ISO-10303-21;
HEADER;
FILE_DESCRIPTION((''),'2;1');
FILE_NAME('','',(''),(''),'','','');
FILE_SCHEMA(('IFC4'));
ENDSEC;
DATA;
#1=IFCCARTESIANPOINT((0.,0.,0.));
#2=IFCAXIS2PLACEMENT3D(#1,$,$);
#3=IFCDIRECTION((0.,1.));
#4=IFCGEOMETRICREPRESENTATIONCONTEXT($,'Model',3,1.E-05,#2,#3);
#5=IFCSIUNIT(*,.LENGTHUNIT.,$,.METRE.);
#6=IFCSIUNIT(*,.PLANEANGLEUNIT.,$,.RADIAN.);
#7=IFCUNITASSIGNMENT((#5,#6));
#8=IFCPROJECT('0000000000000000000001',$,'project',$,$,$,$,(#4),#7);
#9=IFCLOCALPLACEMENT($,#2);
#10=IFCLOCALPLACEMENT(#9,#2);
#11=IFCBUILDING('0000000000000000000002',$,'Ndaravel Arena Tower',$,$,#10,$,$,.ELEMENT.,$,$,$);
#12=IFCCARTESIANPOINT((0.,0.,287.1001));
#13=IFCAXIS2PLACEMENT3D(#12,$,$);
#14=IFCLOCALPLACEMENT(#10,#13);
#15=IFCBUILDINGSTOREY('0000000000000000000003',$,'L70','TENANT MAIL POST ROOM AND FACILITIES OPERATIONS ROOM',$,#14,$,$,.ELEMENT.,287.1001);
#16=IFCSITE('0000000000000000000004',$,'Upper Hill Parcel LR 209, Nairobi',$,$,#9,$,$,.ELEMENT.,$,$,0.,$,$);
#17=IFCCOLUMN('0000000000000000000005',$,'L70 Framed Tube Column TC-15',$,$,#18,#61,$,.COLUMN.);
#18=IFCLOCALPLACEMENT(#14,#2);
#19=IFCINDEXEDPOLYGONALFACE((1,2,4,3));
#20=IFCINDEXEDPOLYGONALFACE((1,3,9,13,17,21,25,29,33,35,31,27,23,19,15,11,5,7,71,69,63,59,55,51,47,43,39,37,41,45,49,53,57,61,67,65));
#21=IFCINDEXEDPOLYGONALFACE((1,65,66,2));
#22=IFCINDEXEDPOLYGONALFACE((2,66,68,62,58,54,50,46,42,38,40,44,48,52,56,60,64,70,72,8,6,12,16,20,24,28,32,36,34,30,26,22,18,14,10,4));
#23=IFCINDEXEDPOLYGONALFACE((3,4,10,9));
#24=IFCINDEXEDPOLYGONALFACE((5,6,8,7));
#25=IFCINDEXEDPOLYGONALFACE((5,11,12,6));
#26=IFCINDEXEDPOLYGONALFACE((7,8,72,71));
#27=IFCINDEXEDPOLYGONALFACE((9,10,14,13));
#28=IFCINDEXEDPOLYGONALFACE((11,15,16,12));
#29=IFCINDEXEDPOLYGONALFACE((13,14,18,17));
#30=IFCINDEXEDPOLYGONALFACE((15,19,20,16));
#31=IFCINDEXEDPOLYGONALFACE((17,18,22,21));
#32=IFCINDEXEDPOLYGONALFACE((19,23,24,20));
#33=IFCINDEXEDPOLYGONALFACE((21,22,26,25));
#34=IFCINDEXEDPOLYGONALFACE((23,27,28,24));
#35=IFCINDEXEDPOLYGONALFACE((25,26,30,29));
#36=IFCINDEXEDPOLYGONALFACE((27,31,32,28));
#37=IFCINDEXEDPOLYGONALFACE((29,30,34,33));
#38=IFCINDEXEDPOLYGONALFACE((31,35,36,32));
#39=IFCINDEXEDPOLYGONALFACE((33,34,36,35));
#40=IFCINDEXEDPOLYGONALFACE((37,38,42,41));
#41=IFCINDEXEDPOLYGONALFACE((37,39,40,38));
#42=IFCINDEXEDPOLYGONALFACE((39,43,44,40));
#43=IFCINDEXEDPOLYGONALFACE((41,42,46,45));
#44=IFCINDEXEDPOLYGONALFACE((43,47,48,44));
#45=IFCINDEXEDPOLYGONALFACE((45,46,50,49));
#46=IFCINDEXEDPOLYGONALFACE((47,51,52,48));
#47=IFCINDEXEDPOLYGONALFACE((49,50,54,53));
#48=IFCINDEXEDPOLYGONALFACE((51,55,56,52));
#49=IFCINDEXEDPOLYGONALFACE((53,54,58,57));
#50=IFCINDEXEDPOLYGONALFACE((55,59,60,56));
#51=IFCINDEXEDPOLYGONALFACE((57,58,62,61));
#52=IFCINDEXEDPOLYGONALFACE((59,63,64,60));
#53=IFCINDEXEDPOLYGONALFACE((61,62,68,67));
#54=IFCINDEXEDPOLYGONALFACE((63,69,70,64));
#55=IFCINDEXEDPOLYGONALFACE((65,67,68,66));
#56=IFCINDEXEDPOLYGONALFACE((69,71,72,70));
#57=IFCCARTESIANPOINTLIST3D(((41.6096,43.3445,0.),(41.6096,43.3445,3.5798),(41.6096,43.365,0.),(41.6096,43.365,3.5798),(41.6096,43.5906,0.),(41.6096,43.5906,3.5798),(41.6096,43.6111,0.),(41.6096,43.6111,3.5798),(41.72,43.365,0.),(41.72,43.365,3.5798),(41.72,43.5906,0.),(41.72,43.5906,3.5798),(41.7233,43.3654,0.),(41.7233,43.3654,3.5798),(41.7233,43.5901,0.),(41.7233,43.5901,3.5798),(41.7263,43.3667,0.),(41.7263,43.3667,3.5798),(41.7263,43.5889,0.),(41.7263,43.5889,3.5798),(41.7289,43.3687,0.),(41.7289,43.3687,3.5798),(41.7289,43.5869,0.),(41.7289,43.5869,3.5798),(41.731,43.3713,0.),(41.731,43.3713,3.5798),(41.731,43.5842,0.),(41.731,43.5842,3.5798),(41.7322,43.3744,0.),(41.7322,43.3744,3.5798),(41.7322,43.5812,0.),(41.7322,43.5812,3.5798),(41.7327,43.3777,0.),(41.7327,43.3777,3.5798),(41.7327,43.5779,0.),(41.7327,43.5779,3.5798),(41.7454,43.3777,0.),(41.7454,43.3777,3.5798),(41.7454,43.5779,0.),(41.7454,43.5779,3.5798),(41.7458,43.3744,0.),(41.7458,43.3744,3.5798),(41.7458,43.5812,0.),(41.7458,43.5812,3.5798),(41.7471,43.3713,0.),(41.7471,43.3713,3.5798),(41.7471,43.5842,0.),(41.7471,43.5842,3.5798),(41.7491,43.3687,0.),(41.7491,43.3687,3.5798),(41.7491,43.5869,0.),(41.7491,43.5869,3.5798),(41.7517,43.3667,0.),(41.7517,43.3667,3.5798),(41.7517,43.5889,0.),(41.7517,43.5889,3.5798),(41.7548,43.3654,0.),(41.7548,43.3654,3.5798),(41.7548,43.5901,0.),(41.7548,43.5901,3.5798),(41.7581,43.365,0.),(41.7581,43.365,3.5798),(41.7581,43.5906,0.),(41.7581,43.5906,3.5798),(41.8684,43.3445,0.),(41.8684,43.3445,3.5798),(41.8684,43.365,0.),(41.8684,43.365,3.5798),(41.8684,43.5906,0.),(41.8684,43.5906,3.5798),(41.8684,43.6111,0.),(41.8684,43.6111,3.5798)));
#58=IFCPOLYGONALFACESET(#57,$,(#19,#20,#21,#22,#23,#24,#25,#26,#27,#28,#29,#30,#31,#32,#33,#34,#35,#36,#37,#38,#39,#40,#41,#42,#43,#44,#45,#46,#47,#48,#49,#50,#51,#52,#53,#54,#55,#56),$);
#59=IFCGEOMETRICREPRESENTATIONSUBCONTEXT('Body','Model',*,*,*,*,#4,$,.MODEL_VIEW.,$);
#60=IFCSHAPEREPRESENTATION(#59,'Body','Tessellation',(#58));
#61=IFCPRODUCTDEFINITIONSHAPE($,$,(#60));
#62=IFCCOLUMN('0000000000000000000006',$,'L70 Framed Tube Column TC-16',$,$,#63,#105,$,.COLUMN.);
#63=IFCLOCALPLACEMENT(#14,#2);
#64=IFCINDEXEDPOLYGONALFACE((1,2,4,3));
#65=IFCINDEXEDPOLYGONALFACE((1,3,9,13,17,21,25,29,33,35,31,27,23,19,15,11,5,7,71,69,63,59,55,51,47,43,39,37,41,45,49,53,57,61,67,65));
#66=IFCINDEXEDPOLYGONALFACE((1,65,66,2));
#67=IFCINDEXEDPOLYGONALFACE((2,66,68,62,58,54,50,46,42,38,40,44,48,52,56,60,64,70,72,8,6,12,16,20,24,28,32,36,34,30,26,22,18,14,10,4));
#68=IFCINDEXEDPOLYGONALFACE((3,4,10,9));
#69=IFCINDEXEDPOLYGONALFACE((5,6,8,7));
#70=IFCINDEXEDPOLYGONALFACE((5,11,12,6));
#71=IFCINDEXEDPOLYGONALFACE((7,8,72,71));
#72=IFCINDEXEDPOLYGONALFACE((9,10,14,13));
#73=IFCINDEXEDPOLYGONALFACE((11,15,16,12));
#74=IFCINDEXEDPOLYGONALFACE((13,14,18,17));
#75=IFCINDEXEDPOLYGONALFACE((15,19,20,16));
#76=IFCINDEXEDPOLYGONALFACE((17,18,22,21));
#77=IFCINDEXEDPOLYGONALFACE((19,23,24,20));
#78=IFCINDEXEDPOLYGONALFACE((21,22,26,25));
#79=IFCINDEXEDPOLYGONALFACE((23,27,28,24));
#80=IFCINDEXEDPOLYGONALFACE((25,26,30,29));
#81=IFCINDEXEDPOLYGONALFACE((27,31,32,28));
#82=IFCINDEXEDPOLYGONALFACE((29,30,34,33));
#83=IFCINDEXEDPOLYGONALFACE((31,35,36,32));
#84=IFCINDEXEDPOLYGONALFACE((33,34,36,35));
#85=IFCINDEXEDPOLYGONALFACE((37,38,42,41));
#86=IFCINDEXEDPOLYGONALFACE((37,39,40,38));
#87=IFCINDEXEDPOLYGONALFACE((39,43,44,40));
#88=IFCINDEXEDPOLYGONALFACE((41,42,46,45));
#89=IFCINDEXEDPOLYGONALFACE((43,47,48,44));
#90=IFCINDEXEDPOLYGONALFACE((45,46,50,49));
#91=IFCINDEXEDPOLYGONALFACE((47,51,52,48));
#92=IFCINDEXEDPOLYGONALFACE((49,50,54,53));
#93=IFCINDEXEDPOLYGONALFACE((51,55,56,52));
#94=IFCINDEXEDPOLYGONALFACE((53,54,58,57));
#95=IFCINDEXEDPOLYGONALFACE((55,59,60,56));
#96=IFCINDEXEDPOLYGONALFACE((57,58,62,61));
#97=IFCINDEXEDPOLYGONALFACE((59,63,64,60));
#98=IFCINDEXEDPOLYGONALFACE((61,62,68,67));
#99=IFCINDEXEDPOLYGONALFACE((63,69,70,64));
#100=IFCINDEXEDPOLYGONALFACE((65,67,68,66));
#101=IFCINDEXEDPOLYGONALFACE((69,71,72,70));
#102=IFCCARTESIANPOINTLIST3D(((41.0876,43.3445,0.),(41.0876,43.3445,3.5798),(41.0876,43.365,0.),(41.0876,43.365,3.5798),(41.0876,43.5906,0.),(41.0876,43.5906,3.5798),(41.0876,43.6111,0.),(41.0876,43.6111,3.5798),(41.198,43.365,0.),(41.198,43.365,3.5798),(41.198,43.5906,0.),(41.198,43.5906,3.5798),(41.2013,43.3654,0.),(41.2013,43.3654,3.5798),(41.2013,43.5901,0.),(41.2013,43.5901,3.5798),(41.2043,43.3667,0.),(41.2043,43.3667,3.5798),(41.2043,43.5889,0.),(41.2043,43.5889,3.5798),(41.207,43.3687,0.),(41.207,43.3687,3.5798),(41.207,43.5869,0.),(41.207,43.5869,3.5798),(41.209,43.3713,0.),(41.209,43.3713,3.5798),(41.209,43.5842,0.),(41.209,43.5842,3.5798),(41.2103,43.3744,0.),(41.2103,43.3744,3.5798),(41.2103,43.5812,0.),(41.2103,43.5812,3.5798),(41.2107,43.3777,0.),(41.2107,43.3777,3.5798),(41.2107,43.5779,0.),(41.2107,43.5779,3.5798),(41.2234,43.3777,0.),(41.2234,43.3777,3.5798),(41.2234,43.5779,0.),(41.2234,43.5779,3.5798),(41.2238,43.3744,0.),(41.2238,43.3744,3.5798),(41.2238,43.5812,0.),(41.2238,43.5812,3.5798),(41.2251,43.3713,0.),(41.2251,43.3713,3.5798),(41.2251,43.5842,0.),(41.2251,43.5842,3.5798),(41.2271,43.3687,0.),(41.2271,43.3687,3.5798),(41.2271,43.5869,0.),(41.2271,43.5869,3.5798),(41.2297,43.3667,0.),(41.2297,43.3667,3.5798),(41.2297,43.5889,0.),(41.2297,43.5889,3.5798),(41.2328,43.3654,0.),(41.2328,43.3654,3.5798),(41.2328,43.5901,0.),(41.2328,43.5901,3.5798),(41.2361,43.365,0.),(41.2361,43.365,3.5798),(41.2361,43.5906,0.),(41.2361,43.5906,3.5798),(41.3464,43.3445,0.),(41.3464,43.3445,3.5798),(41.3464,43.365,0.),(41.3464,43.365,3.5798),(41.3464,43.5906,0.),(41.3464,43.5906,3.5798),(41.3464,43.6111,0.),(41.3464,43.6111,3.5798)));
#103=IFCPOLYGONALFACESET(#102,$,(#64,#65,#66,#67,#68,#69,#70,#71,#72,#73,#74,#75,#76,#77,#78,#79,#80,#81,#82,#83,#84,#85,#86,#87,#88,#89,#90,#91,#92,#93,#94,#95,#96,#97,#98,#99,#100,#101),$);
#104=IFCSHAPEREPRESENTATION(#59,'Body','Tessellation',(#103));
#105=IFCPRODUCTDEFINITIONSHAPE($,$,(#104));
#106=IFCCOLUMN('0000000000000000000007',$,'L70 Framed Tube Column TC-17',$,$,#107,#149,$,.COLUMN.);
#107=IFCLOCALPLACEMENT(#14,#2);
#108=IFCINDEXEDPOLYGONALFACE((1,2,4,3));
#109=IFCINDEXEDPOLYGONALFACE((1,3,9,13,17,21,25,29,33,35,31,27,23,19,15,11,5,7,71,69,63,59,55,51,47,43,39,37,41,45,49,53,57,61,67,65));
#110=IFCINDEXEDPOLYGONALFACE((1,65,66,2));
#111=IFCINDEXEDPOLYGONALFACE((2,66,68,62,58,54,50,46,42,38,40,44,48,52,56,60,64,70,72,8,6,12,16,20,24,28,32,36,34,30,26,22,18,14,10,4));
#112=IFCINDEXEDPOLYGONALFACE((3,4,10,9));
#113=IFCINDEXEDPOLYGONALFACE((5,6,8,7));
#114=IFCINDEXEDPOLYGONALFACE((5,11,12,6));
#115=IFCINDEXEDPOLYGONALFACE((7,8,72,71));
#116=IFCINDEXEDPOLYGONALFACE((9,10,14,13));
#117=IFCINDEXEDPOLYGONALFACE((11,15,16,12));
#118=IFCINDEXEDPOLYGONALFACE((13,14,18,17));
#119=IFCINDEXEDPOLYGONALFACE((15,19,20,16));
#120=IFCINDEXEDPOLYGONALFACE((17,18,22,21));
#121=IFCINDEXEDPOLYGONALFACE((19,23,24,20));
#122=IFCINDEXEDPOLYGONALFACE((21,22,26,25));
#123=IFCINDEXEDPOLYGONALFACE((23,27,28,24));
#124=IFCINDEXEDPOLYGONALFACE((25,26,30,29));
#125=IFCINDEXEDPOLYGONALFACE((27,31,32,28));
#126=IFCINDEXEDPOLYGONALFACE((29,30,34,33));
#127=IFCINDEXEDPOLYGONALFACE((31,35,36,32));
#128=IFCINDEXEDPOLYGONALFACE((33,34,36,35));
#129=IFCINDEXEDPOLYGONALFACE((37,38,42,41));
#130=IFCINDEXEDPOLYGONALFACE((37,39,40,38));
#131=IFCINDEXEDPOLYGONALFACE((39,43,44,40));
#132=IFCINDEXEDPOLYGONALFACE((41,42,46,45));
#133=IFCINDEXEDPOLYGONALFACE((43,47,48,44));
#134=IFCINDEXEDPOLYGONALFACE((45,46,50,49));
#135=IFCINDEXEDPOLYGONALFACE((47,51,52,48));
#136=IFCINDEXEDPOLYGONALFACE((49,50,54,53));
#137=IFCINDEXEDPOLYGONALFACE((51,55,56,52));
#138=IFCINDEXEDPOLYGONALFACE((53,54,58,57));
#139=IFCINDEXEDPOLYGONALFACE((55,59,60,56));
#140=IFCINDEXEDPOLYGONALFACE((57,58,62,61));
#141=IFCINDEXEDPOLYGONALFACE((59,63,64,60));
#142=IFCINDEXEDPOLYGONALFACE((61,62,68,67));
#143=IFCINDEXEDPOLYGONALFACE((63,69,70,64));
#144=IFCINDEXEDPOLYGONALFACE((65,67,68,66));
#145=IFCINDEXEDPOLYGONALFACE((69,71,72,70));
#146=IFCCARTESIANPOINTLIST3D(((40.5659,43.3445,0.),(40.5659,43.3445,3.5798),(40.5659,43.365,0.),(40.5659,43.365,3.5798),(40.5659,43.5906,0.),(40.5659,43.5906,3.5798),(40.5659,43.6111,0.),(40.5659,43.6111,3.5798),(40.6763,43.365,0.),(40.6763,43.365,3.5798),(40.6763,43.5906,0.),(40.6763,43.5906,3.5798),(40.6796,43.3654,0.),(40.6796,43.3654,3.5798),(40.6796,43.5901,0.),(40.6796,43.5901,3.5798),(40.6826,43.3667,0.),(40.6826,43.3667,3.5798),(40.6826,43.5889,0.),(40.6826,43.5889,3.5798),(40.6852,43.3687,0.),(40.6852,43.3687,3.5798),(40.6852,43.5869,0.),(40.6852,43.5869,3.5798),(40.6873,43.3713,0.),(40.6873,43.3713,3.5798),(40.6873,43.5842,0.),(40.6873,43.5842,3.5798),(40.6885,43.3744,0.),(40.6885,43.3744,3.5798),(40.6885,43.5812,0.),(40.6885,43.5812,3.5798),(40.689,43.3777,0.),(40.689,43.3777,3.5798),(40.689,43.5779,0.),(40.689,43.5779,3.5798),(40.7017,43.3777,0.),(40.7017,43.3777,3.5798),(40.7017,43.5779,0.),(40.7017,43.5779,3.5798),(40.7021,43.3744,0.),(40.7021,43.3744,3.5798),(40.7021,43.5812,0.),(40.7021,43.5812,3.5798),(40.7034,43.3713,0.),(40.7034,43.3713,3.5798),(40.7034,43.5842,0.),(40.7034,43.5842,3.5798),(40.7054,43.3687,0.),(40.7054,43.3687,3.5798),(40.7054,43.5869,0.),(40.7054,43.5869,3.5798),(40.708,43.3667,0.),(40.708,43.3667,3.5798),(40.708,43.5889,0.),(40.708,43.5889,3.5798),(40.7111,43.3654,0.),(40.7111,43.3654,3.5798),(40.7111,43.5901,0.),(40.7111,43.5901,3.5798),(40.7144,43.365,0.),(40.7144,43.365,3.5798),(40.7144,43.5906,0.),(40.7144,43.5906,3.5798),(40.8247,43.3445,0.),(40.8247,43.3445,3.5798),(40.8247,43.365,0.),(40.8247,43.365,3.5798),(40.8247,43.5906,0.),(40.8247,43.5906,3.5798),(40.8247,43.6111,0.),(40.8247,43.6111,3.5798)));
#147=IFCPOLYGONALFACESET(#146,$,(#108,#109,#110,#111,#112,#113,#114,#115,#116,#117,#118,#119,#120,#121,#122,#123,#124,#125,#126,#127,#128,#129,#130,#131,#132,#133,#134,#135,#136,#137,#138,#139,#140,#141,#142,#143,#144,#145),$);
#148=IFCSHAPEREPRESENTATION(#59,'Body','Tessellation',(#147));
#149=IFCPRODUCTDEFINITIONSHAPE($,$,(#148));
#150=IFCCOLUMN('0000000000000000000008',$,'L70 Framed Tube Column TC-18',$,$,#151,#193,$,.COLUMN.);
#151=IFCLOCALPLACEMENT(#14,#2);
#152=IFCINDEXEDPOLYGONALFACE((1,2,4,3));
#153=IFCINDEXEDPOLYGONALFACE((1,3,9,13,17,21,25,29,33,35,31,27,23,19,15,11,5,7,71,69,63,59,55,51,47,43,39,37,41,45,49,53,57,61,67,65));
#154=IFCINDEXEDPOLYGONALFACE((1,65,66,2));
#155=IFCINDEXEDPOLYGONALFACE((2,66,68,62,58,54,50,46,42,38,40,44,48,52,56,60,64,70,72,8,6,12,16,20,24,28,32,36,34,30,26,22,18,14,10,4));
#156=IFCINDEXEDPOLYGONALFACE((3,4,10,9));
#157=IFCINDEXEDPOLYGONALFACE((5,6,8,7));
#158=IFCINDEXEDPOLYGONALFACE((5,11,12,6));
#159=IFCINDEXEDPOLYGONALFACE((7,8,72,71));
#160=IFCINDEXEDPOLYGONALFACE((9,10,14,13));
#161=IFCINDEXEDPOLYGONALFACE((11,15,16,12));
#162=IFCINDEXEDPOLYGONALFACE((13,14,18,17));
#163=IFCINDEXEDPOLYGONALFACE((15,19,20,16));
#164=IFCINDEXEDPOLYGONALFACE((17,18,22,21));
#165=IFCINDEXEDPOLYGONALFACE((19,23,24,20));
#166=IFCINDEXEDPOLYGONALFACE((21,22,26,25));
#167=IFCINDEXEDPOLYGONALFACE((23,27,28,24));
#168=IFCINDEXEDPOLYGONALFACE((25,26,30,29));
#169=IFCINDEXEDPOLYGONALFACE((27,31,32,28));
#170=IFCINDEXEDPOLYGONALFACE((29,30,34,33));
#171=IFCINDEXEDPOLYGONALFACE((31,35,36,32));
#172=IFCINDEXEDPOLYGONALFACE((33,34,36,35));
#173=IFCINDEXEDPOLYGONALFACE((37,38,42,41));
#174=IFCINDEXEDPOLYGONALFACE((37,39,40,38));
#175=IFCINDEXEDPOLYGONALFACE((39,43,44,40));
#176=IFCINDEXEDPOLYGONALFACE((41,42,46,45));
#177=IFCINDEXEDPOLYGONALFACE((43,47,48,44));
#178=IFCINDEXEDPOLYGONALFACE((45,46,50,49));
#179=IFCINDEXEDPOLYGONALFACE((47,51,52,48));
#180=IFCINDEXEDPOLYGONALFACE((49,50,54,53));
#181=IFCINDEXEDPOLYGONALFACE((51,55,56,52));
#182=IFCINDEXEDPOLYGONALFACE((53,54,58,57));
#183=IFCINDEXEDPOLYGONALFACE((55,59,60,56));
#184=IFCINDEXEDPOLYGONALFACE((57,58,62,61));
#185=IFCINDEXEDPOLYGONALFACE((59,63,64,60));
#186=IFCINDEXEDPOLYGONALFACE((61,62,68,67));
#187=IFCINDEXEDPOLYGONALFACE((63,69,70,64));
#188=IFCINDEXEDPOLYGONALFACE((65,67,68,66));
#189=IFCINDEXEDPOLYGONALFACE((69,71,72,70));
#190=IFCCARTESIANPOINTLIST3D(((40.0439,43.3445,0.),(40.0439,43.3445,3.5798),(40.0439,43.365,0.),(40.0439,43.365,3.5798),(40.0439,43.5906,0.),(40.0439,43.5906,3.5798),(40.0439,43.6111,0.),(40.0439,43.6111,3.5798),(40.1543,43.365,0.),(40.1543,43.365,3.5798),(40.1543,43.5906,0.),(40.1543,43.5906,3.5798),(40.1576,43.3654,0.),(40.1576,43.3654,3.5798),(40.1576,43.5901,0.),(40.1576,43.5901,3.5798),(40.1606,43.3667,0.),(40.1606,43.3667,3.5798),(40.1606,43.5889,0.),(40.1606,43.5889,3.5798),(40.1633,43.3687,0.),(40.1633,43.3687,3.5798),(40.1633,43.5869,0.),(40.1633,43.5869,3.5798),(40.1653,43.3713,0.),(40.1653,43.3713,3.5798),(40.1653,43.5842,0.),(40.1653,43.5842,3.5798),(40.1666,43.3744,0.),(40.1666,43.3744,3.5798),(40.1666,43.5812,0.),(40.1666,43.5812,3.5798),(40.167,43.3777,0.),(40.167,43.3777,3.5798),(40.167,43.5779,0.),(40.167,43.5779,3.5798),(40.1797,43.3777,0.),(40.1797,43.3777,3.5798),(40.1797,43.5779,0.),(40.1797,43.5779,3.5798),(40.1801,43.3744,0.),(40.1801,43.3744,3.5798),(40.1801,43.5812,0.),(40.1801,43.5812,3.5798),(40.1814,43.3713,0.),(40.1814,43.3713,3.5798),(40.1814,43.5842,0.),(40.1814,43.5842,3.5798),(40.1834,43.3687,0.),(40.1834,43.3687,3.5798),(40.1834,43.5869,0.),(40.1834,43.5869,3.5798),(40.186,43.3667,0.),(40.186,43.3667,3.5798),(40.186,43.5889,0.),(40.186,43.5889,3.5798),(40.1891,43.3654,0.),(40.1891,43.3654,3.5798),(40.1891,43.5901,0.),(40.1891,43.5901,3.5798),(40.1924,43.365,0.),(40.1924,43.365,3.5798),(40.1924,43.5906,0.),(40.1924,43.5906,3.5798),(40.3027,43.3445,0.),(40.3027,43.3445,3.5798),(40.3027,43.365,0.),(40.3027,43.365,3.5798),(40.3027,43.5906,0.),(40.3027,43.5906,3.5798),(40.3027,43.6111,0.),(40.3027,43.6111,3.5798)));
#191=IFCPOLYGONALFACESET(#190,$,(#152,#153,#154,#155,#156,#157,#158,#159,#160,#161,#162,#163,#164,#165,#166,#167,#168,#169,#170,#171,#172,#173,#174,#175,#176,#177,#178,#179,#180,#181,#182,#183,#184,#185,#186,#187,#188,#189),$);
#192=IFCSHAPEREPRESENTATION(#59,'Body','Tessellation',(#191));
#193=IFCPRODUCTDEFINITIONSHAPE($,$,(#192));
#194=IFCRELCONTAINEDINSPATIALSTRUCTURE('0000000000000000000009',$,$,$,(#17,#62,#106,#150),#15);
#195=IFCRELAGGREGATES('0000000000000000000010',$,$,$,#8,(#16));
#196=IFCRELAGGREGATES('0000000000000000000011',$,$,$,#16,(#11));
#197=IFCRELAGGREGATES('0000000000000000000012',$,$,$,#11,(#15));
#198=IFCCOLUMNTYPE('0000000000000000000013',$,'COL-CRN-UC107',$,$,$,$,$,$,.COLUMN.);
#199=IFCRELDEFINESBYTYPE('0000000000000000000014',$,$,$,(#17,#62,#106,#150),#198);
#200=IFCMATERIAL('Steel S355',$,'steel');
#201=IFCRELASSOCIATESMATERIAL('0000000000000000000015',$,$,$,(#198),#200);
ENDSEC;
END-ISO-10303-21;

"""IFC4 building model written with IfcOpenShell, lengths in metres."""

from ifc_helpers import new_model, si_unit, direction, frame, origin, origin_2d, place, context, subcontext, project, spatial, i_section, extrude, material, material_profile, profile_set, type_object, element, save


model = new_model("IFC4")

# Units and contexts
model_context = context("Model", 3, precision=1e-05, world=origin(), true_north=direction((0.0, 1.0)))
body_context = subcontext(model_context, "Body", "Model", "MODEL_VIEW")
ifc_project = project(units=[si_unit("LENGTHUNIT", "METRE"), si_unit("PLANEANGLEUNIT", "RADIAN")], contexts=[model_context])

# Site, building, storey
site_placement = place(None, origin())
site = spatial("IfcSite", under=ifc_project, at=site_placement, Name="Upper Hill Parcel LR 209, Nairobi", CompositionType="ELEMENT", RefElevation=0.0)
building_placement = place(site_placement, origin())
building = spatial("IfcBuilding", under=site, at=building_placement, Name="Ndaravel Arena Tower", CompositionType="ELEMENT")
storey_placement = place(building_placement, frame((0.0, 0.0, 287.1001)))
storey = spatial("IfcBuildingStorey", under=building, at=storey_placement, Name="L70", Description="TENANT MAIL POST ROOM AND FACILITIES OPERATIONS ROOM", CompositionType="ELEMENT", Elevation=287.1001)

# Columns
ifc_material_1 = material(Name="Steel S355", Category="steel")
ifc_material_profile_1 = material_profile(ifc_material_1, i_section(OverallWidth=0.2588, OverallDepth=0.2666, WebThickness=0.0127, FlangeThickness=0.0205, FilletRadius=0.0127, at=origin_2d()), Name="UC 254x254x107")
ifc_profile_set_1 = profile_set([ifc_material_profile_1], Name="Steel S355")
column_type = type_object("IfcColumnType", Name="COL-CRN-UC107", PredefinedType="COLUMN", material=ifc_profile_set_1)
for number, where, z_axis, x_axis, name in (
    (1, (41.739, 43.4778, 0.0), (0.0, 0.0, 1.0), (1.0, 0.0, 0.0), "L70 Framed Tube Column TC-15"),
    (2, (41.217, 43.4778, 0.0), (0.0, 0.0, 1.0), (1.0, 0.0, 0.0), "L70 Framed Tube Column TC-16"),
    (3, (40.6953, 43.4778, 0.0), (0.0, 0.0, 1.0), (1.0, 0.0, 0.0), "L70 Framed Tube Column TC-17"),
    (4, (40.1733, 43.4778, 0.0), (0.0, 0.0, 1.0), (1.0, 0.0, 0.0), "L70 Framed Tube Column TC-18"),
):
    element("IfcColumn", number, at=place(storey_placement, frame(where, z_axis=z_axis, x_axis=x_axis)), inside=storey, type_object=column_type, Name=name, PredefinedType="COLUMN", context=body_context, shape_type="SweptSolid", body=[
        extrude(i_section(OverallWidth=0.2588, OverallDepth=0.2666, WebThickness=0.0127, FlangeThickness=0.0205, FilletRadius=0.0127, at=origin_2d()), origin(), (0.0, 0.0, 1.0), 3.5798),
    ])

save(model, "model.ifc")
